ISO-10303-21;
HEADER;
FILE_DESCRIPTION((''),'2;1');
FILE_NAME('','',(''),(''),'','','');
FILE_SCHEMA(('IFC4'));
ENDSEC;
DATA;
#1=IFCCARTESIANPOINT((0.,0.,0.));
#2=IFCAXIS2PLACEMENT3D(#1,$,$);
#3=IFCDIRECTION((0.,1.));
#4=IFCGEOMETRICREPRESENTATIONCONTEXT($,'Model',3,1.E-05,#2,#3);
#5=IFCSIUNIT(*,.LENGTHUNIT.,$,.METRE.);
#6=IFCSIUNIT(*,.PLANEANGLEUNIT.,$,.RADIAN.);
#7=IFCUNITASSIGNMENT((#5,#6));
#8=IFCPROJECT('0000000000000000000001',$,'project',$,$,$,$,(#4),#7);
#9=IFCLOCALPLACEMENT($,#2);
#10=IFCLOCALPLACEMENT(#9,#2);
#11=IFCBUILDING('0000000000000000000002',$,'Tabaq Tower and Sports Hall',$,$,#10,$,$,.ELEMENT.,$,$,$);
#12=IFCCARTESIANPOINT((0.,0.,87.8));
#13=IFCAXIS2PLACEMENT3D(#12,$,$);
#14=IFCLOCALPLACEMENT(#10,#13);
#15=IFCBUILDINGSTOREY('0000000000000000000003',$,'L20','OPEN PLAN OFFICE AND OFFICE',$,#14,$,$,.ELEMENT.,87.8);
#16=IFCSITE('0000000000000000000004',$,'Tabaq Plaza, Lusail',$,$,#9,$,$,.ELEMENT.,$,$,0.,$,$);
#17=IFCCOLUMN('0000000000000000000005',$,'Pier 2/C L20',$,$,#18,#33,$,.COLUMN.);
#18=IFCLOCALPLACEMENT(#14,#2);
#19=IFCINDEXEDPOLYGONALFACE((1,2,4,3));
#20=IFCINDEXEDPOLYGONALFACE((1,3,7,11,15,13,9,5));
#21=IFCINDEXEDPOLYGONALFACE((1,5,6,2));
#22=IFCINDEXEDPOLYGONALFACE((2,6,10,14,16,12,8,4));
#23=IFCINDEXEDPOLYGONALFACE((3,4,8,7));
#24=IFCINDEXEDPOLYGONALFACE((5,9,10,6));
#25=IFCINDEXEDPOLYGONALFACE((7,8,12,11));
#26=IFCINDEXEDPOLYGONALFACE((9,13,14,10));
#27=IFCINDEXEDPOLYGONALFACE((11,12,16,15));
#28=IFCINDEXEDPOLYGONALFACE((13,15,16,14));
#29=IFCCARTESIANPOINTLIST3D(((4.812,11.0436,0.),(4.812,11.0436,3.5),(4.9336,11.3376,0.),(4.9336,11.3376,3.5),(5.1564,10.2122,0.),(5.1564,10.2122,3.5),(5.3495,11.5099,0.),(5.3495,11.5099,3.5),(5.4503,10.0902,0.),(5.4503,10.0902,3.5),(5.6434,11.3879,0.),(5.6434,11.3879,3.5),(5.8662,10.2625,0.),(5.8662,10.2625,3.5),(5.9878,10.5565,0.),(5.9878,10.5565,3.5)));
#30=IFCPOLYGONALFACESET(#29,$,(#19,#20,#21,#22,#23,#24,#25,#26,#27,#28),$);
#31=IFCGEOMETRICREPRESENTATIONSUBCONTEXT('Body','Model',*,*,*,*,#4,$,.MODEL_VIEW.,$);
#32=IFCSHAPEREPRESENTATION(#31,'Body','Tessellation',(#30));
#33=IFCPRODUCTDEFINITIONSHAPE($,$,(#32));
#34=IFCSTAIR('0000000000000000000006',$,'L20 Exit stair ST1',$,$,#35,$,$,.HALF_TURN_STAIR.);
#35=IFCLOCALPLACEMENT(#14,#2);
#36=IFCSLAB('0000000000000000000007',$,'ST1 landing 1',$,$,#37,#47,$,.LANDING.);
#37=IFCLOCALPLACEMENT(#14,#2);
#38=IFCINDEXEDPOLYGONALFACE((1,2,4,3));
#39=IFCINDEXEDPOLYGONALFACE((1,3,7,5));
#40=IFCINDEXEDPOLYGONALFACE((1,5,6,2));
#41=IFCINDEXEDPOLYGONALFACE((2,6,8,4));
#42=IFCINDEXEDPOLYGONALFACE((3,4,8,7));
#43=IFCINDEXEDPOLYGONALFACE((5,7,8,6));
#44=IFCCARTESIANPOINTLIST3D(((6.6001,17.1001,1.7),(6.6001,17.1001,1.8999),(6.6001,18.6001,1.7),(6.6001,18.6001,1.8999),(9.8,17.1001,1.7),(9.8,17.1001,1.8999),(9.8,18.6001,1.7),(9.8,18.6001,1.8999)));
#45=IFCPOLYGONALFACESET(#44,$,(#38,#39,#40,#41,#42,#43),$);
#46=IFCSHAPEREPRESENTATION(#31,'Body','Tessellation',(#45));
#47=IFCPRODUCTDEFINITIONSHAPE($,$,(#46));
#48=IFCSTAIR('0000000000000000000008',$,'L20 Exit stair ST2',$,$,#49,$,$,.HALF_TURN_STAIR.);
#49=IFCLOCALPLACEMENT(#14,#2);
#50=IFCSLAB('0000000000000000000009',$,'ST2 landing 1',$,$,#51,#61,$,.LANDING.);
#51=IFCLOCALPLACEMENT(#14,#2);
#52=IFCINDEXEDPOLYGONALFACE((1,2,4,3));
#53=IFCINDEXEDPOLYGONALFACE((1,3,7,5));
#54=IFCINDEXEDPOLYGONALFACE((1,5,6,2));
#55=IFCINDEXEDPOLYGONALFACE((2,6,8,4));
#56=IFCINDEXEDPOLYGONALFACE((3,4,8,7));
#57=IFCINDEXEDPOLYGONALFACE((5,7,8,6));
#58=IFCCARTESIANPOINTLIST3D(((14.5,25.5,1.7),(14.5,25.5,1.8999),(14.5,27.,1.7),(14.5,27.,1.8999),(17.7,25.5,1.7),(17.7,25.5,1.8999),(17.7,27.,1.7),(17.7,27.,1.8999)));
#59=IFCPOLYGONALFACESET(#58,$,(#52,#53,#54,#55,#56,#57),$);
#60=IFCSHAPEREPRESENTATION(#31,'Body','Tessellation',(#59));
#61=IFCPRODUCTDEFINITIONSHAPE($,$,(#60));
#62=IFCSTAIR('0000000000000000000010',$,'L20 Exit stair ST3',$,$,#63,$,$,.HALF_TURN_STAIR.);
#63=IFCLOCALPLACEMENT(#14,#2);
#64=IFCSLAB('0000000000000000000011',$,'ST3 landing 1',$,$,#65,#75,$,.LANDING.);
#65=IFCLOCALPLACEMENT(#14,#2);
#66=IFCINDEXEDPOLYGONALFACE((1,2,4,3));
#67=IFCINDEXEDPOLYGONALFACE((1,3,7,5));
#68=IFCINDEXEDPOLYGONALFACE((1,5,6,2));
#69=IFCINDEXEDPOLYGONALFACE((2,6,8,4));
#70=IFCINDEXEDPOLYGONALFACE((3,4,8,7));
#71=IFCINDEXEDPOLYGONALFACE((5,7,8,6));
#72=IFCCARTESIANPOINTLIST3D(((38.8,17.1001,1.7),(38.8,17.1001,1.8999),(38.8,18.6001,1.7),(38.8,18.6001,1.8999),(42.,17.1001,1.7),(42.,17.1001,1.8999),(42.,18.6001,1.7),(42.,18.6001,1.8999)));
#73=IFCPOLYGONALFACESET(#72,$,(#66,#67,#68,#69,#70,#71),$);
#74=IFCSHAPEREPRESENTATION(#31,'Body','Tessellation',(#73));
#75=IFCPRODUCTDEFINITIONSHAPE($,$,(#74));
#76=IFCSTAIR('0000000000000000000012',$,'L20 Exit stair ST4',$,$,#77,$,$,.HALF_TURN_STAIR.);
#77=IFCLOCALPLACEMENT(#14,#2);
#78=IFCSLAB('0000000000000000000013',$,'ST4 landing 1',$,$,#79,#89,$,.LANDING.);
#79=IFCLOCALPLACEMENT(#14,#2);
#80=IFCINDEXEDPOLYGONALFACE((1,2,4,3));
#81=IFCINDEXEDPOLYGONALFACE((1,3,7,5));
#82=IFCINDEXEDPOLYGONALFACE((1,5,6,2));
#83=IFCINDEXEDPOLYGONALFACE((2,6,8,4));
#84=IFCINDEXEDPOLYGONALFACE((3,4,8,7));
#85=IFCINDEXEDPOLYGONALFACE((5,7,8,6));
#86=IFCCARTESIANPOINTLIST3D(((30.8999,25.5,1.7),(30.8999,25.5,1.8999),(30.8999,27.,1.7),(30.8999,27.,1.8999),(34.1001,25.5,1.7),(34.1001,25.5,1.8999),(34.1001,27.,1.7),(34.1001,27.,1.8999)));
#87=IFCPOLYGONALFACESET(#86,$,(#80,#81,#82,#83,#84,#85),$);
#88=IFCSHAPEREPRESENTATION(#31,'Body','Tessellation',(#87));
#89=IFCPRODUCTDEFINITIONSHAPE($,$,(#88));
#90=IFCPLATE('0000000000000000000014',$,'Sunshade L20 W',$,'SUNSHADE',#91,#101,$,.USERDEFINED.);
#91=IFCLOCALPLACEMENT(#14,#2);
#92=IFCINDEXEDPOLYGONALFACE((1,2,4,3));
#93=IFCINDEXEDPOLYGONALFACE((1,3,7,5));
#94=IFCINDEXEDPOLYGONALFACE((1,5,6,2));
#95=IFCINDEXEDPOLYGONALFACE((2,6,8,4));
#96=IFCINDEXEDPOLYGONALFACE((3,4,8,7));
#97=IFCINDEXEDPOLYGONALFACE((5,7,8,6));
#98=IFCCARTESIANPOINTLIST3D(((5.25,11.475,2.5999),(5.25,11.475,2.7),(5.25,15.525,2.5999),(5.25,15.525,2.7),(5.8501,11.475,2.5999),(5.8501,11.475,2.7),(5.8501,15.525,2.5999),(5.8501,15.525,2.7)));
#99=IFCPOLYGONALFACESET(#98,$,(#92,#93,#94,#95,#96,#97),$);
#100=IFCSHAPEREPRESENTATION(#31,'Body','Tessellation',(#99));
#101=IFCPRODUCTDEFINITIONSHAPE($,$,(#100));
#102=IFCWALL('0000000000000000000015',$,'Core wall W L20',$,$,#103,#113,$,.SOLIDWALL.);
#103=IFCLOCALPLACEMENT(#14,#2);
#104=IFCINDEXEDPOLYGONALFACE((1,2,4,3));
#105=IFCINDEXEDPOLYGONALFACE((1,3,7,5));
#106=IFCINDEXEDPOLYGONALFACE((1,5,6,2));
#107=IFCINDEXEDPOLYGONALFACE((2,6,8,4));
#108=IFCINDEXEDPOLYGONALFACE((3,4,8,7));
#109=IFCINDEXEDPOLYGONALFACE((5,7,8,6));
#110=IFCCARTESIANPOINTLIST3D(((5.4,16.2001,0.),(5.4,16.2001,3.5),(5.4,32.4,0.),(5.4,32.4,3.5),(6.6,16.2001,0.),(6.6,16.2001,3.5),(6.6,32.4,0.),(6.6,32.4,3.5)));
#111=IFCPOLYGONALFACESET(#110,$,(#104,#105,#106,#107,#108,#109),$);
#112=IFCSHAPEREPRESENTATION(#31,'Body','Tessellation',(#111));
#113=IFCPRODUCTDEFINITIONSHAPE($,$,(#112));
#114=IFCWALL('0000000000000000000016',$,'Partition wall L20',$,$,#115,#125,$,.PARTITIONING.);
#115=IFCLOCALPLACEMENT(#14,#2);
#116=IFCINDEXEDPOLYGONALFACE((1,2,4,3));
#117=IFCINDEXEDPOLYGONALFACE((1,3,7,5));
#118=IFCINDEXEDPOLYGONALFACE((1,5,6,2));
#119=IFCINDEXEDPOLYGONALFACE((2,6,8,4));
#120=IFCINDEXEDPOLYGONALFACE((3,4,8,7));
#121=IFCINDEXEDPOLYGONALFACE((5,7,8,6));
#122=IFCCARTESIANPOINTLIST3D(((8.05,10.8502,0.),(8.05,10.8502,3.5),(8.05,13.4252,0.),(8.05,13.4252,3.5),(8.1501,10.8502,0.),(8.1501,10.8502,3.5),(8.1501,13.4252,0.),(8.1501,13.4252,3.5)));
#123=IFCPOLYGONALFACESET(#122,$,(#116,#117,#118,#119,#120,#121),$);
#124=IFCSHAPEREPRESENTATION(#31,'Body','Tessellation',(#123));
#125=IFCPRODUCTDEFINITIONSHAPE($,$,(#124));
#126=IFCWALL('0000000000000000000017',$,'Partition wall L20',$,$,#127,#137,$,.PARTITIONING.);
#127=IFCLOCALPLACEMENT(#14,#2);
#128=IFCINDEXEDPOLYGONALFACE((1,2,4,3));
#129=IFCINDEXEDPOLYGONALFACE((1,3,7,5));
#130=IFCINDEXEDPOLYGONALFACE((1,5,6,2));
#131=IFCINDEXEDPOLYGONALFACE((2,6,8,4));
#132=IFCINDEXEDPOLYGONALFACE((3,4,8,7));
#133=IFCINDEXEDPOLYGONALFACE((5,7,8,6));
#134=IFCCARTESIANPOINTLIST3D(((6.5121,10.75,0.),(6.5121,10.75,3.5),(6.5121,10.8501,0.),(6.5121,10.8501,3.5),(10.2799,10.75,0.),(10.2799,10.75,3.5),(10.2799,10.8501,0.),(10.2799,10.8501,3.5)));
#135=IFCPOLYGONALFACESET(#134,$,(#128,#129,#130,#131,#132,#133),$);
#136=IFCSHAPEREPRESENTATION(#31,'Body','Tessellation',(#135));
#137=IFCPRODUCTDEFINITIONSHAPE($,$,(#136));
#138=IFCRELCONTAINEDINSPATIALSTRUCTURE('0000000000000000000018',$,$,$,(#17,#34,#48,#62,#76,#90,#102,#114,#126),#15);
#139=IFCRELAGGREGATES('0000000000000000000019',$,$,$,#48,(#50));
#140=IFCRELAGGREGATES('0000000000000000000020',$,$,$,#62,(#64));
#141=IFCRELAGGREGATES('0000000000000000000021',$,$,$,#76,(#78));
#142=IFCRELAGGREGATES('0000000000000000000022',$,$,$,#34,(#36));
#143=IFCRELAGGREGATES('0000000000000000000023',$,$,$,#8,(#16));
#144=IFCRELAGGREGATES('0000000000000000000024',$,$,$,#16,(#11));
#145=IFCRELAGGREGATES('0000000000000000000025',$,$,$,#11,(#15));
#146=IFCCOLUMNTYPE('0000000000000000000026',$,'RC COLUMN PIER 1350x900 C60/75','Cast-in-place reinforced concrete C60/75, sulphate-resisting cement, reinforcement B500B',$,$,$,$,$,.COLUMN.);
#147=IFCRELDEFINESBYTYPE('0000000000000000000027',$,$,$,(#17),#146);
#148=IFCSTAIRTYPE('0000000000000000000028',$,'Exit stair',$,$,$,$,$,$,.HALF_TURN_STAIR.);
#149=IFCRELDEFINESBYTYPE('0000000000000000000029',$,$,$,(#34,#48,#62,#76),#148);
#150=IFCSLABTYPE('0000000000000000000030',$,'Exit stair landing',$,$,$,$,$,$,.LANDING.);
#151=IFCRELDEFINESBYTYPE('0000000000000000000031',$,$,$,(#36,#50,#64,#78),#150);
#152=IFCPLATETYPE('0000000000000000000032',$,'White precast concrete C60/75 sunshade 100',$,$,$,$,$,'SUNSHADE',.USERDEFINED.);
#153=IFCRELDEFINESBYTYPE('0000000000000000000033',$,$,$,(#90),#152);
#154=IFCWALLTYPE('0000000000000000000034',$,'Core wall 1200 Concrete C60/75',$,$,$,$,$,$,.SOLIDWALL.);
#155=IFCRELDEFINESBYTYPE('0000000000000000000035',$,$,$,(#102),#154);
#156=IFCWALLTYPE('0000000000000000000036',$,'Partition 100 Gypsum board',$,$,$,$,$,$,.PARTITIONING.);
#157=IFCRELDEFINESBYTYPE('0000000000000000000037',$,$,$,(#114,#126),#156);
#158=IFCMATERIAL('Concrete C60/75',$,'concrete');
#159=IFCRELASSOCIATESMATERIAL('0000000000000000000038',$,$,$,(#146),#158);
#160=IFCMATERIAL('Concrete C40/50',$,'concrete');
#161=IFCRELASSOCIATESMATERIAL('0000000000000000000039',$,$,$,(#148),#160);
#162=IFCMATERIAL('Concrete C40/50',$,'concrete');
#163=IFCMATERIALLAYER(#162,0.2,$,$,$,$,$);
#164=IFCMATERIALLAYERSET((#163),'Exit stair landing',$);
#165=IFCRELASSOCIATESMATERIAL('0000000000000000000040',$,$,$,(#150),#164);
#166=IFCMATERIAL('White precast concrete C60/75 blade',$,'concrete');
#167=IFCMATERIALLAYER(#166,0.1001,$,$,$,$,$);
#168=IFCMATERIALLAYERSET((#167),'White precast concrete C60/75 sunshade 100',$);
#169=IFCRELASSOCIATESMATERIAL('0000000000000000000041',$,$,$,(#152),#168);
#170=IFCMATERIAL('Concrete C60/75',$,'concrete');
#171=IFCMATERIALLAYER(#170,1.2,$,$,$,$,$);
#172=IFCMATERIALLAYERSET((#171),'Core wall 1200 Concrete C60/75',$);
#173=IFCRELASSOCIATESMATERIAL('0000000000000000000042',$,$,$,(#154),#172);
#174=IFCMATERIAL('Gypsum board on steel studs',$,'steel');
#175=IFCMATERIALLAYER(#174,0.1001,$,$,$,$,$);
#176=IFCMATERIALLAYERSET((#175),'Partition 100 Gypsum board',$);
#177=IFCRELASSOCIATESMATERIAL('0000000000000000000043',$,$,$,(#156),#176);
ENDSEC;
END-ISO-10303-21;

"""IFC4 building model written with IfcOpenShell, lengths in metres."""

from ifc_helpers import new_model, si_unit, direction, frame, frame_2d, origin, origin_2d, place, context, subcontext, project, spatial, polyline, rectangle, outline, extrude, material, layer, layer_set, material_profile, profile_set, type_object, element, aggregate, save


model = new_model("IFC4")

# Units and contexts
model_context = context("Model", 3, precision=1e-05, world=origin(), true_north=direction((0.0, 1.0)))
body_context = subcontext(model_context, "Body", "Model", "MODEL_VIEW")
ifc_project = project(units=[si_unit("LENGTHUNIT", "METRE"), si_unit("PLANEANGLEUNIT", "RADIAN")], contexts=[model_context])

# Site, building, storey
site_placement = place(None, origin())
site = spatial("IfcSite", under=ifc_project, at=site_placement, Name="Tabaq Plaza, Lusail", CompositionType="ELEMENT", RefElevation=0.0)
building_placement = place(site_placement, origin())
building = spatial("IfcBuilding", under=site, at=building_placement, Name="Tabaq Tower and Sports Hall", CompositionType="ELEMENT")
storey_placement = place(building_placement, frame((0.0, 0.0, 87.8)))
storey = spatial("IfcBuildingStorey", under=building, at=storey_placement, Name="L20", Description="OPEN PLAN OFFICE AND OFFICE", CompositionType="ELEMENT", Elevation=87.8)

# Column
ifc_material_1 = material(Name="Concrete C60/75", Category="concrete")
ifc_material_profile = material_profile(ifc_material_1, outline(polyline([(-0.45, -0.45), (0.45, -0.45), (0.675, -0.2251), (0.675, 0.2251), (0.45, 0.45), (-0.45, 0.45), (-0.675, 0.2251), (-0.675, -0.2251), (-0.45, -0.45)])), Name="PIER 1350x900")
ifc_profile_set = profile_set([ifc_material_profile], Name="Concrete C60/75")
column_type = type_object("IfcColumnType", Name="RC COLUMN PIER 1350x900 C60/75", Description="Cast-in-place reinforced concrete C60/75, sulphate-resisting cement, reinforcement B500B", PredefinedType="COLUMN", material=ifc_profile_set)
column_placement = place(storey_placement, frame((5.3999, 10.8, 0.0), z_axis=(0.0, 0.0, 1.0), x_axis=(-0.382683, 0.92388, 0.0)))
element("IfcColumn", 1, at=column_placement, inside=storey, type_object=column_type, Name="Pier 2/C L20", PredefinedType="COLUMN", context=body_context, shape_type="SweptSolid", body=[
    extrude(outline(polyline([(-0.45, -0.45), (0.45, -0.45), (0.675, -0.2251), (0.675, 0.2251), (0.45, 0.45), (-0.45, 0.45), (-0.675, 0.2251), (-0.675, -0.2251), (-0.45, -0.45)])), origin(), (0.0, 0.0, 1.0), 3.5),
])

# Stairs, slabs
ifc_material_2 = material(Name="Concrete C40/50", Category="concrete")
stair_type = type_object("IfcStairType", Name="Exit stair", PredefinedType="HALF_TURN_STAIR", material=ifc_material_2)
stair_1_placement = place(storey_placement, origin())
stair_1 = element("IfcStair", 2, at=stair_1_placement, inside=storey, type_object=stair_type, Name="L20 Exit stair ST1", PredefinedType="HALF_TURN_STAIR")
ifc_material_3 = material(Name="Concrete C40/50", Category="concrete")
ifc_layer_1 = layer(ifc_material_3, 0.2)
ifc_layer_set_1 = layer_set([ifc_layer_1], Name="Exit stair landing")
slab_type = type_object("IfcSlabType", Name="Exit stair landing", PredefinedType="LANDING", material=ifc_layer_set_1)
slab_1_placement = place(storey_placement, frame((0.0, 0.0, 1.7)))
slab_1 = element("IfcSlab", 3, at=slab_1_placement, type_object=slab_type, Name="ST1 landing 1", PredefinedType="LANDING", context=body_context, shape_type="SweptSolid", body=[
    extrude(outline(polyline([(6.6001, 18.6001), (6.6001, 17.1001), (9.8, 17.1001), (9.8, 18.6001), (6.6001, 18.6001)])), origin(), (0.0, 0.0, 1.0), 0.2),
])
stair_2_placement = place(storey_placement, origin())
stair_2 = element("IfcStair", 4, at=stair_2_placement, inside=storey, type_object=stair_type, Name="L20 Exit stair ST2", PredefinedType="HALF_TURN_STAIR")
slab_2_placement = place(storey_placement, frame((0.0, 0.0, 1.7)))
slab_2 = element("IfcSlab", 5, at=slab_2_placement, type_object=slab_type, Name="ST2 landing 1", PredefinedType="LANDING", context=body_context, shape_type="SweptSolid", body=[
    extrude(outline(polyline([(14.5, 27.0), (14.5, 25.5), (17.7, 25.5), (17.7, 27.0), (14.5, 27.0)])), origin(), (0.0, 0.0, 1.0), 0.2),
])
aggregate(stair_2, [slab_2])
stair_3_placement = place(storey_placement, origin())
stair_3 = element("IfcStair", 6, at=stair_3_placement, inside=storey, type_object=stair_type, Name="L20 Exit stair ST3", PredefinedType="HALF_TURN_STAIR")
slab_3_placement = place(storey_placement, frame((0.0, 0.0, 1.7)))
slab_3 = element("IfcSlab", 7, at=slab_3_placement, type_object=slab_type, Name="ST3 landing 1", PredefinedType="LANDING", context=body_context, shape_type="SweptSolid", body=[
    extrude(outline(polyline([(38.8, 18.6001), (38.8, 17.1001), (42.0, 17.1001), (42.0, 18.6001), (38.8, 18.6001)])), origin(), (0.0, 0.0, 1.0), 0.2),
])
aggregate(stair_3, [slab_3])
stair_4_placement = place(storey_placement, origin())
stair_4 = element("IfcStair", 8, at=stair_4_placement, inside=storey, type_object=stair_type, Name="L20 Exit stair ST4", PredefinedType="HALF_TURN_STAIR")
slab_4_placement = place(storey_placement, frame((0.0, 0.0, 1.7)))
slab_4 = element("IfcSlab", 9, at=slab_4_placement, type_object=slab_type, Name="ST4 landing 1", PredefinedType="LANDING", context=body_context, shape_type="SweptSolid", body=[
    extrude(outline(polyline([(30.8999, 27.0), (30.8999, 25.5), (34.1001, 25.5), (34.1001, 27.0), (30.8999, 27.0)])), origin(), (0.0, 0.0, 1.0), 0.2),
])
aggregate(stair_4, [slab_4])

# Plate
ifc_material_4 = material(Name="White precast concrete C60/75 blade", Category="concrete")
ifc_layer_2 = layer(ifc_material_4, 0.1001)
ifc_layer_set_2 = layer_set([ifc_layer_2], Name="White precast concrete C60/75 sunshade 100")
plate_type = type_object("IfcPlateType", Name="White precast concrete C60/75 sunshade 100", ElementType="SUNSHADE", PredefinedType="USERDEFINED", material=ifc_layer_set_2)
plate_placement = place(storey_placement, frame((5.55, 13.5, 2.5999), z_axis=(0.0, 0.0, 1.0), x_axis=(0.0, -1.0, 0.0)))
element("IfcPlate", 10, at=plate_placement, inside=storey, type_object=plate_type, Name="Sunshade L20 W", ObjectType="SUNSHADE", PredefinedType="USERDEFINED", context=body_context, shape_type="SweptSolid", body=[
    extrude(rectangle(XDim=4.05, YDim=0.6001, at=origin_2d()), origin(), (0.0, 0.0, 1.0), 0.1001),
])

# Walls
ifc_material_5 = material(Name="Concrete C60/75", Category="concrete")
ifc_layer_3 = layer(ifc_material_5, 1.2)
ifc_layer_set_3 = layer_set([ifc_layer_3], Name="Core wall 1200 Concrete C60/75")
wall_type_1 = type_object("IfcWallType", Name="Core wall 1200 Concrete C60/75", PredefinedType="SOLIDWALL", material=ifc_layer_set_3)
wall_1_placement = place(storey_placement, frame((6.0, 16.2, 0.0), z_axis=(0.0, 0.0, 1.0), x_axis=(0.0, 1.0, 0.0)))
element("IfcWall", 11, at=wall_1_placement, inside=storey, type_object=wall_type_1, Name="Core wall W L20", PredefinedType="SOLIDWALL", context=body_context, shape_type="SweptSolid", body=[
    extrude(rectangle(XDim=16.2, YDim=1.2, at=frame_2d((8.1001, 0.0))), origin(), (0.0, 0.0, 1.0), 3.5),
])
ifc_material_6 = material(Name="Gypsum board on steel studs", Category="steel")
ifc_layer_4 = layer(ifc_material_6, 0.1001)
ifc_layer_set_4 = layer_set([ifc_layer_4], Name="Partition 100 Gypsum board")
wall_type_2 = type_object("IfcWallType", Name="Partition 100 Gypsum board", PredefinedType="PARTITIONING", material=ifc_layer_set_4)
wall_2_placement = place(storey_placement, frame((8.1001, 10.8501, 0.0), z_axis=(0.0, 0.0, 1.0), x_axis=(0.0, 1.0, 0.0)))
element("IfcWall", 12, at=wall_2_placement, inside=storey, type_object=wall_type_2, Name="Partition wall L20", PredefinedType="PARTITIONING", context=body_context, shape_type="SweptSolid", body=[
    extrude(rectangle(XDim=2.575, YDim=0.1001, at=frame_2d((1.2876, 0.0))), origin(), (0.0, 0.0, 1.0), 3.5),
])
wall_3_placement = place(storey_placement, frame((6.5122, 10.8, 0.0), z_axis=(0.0, 0.0, 1.0), x_axis=(1.0, 0.0, 0.0)))
element("IfcWall", 13, at=wall_3_placement, inside=storey, type_object=wall_type_2, Name="Partition wall L20", PredefinedType="PARTITIONING", context=body_context, shape_type="SweptSolid", body=[
    extrude(rectangle(XDim=3.7678, YDim=0.1001, at=frame_2d((1.8838, 0.0))), origin(), (0.0, 0.0, 1.0), 3.5),
])

aggregate(stair_1, [slab_1])

save(model, "model.ifc")
